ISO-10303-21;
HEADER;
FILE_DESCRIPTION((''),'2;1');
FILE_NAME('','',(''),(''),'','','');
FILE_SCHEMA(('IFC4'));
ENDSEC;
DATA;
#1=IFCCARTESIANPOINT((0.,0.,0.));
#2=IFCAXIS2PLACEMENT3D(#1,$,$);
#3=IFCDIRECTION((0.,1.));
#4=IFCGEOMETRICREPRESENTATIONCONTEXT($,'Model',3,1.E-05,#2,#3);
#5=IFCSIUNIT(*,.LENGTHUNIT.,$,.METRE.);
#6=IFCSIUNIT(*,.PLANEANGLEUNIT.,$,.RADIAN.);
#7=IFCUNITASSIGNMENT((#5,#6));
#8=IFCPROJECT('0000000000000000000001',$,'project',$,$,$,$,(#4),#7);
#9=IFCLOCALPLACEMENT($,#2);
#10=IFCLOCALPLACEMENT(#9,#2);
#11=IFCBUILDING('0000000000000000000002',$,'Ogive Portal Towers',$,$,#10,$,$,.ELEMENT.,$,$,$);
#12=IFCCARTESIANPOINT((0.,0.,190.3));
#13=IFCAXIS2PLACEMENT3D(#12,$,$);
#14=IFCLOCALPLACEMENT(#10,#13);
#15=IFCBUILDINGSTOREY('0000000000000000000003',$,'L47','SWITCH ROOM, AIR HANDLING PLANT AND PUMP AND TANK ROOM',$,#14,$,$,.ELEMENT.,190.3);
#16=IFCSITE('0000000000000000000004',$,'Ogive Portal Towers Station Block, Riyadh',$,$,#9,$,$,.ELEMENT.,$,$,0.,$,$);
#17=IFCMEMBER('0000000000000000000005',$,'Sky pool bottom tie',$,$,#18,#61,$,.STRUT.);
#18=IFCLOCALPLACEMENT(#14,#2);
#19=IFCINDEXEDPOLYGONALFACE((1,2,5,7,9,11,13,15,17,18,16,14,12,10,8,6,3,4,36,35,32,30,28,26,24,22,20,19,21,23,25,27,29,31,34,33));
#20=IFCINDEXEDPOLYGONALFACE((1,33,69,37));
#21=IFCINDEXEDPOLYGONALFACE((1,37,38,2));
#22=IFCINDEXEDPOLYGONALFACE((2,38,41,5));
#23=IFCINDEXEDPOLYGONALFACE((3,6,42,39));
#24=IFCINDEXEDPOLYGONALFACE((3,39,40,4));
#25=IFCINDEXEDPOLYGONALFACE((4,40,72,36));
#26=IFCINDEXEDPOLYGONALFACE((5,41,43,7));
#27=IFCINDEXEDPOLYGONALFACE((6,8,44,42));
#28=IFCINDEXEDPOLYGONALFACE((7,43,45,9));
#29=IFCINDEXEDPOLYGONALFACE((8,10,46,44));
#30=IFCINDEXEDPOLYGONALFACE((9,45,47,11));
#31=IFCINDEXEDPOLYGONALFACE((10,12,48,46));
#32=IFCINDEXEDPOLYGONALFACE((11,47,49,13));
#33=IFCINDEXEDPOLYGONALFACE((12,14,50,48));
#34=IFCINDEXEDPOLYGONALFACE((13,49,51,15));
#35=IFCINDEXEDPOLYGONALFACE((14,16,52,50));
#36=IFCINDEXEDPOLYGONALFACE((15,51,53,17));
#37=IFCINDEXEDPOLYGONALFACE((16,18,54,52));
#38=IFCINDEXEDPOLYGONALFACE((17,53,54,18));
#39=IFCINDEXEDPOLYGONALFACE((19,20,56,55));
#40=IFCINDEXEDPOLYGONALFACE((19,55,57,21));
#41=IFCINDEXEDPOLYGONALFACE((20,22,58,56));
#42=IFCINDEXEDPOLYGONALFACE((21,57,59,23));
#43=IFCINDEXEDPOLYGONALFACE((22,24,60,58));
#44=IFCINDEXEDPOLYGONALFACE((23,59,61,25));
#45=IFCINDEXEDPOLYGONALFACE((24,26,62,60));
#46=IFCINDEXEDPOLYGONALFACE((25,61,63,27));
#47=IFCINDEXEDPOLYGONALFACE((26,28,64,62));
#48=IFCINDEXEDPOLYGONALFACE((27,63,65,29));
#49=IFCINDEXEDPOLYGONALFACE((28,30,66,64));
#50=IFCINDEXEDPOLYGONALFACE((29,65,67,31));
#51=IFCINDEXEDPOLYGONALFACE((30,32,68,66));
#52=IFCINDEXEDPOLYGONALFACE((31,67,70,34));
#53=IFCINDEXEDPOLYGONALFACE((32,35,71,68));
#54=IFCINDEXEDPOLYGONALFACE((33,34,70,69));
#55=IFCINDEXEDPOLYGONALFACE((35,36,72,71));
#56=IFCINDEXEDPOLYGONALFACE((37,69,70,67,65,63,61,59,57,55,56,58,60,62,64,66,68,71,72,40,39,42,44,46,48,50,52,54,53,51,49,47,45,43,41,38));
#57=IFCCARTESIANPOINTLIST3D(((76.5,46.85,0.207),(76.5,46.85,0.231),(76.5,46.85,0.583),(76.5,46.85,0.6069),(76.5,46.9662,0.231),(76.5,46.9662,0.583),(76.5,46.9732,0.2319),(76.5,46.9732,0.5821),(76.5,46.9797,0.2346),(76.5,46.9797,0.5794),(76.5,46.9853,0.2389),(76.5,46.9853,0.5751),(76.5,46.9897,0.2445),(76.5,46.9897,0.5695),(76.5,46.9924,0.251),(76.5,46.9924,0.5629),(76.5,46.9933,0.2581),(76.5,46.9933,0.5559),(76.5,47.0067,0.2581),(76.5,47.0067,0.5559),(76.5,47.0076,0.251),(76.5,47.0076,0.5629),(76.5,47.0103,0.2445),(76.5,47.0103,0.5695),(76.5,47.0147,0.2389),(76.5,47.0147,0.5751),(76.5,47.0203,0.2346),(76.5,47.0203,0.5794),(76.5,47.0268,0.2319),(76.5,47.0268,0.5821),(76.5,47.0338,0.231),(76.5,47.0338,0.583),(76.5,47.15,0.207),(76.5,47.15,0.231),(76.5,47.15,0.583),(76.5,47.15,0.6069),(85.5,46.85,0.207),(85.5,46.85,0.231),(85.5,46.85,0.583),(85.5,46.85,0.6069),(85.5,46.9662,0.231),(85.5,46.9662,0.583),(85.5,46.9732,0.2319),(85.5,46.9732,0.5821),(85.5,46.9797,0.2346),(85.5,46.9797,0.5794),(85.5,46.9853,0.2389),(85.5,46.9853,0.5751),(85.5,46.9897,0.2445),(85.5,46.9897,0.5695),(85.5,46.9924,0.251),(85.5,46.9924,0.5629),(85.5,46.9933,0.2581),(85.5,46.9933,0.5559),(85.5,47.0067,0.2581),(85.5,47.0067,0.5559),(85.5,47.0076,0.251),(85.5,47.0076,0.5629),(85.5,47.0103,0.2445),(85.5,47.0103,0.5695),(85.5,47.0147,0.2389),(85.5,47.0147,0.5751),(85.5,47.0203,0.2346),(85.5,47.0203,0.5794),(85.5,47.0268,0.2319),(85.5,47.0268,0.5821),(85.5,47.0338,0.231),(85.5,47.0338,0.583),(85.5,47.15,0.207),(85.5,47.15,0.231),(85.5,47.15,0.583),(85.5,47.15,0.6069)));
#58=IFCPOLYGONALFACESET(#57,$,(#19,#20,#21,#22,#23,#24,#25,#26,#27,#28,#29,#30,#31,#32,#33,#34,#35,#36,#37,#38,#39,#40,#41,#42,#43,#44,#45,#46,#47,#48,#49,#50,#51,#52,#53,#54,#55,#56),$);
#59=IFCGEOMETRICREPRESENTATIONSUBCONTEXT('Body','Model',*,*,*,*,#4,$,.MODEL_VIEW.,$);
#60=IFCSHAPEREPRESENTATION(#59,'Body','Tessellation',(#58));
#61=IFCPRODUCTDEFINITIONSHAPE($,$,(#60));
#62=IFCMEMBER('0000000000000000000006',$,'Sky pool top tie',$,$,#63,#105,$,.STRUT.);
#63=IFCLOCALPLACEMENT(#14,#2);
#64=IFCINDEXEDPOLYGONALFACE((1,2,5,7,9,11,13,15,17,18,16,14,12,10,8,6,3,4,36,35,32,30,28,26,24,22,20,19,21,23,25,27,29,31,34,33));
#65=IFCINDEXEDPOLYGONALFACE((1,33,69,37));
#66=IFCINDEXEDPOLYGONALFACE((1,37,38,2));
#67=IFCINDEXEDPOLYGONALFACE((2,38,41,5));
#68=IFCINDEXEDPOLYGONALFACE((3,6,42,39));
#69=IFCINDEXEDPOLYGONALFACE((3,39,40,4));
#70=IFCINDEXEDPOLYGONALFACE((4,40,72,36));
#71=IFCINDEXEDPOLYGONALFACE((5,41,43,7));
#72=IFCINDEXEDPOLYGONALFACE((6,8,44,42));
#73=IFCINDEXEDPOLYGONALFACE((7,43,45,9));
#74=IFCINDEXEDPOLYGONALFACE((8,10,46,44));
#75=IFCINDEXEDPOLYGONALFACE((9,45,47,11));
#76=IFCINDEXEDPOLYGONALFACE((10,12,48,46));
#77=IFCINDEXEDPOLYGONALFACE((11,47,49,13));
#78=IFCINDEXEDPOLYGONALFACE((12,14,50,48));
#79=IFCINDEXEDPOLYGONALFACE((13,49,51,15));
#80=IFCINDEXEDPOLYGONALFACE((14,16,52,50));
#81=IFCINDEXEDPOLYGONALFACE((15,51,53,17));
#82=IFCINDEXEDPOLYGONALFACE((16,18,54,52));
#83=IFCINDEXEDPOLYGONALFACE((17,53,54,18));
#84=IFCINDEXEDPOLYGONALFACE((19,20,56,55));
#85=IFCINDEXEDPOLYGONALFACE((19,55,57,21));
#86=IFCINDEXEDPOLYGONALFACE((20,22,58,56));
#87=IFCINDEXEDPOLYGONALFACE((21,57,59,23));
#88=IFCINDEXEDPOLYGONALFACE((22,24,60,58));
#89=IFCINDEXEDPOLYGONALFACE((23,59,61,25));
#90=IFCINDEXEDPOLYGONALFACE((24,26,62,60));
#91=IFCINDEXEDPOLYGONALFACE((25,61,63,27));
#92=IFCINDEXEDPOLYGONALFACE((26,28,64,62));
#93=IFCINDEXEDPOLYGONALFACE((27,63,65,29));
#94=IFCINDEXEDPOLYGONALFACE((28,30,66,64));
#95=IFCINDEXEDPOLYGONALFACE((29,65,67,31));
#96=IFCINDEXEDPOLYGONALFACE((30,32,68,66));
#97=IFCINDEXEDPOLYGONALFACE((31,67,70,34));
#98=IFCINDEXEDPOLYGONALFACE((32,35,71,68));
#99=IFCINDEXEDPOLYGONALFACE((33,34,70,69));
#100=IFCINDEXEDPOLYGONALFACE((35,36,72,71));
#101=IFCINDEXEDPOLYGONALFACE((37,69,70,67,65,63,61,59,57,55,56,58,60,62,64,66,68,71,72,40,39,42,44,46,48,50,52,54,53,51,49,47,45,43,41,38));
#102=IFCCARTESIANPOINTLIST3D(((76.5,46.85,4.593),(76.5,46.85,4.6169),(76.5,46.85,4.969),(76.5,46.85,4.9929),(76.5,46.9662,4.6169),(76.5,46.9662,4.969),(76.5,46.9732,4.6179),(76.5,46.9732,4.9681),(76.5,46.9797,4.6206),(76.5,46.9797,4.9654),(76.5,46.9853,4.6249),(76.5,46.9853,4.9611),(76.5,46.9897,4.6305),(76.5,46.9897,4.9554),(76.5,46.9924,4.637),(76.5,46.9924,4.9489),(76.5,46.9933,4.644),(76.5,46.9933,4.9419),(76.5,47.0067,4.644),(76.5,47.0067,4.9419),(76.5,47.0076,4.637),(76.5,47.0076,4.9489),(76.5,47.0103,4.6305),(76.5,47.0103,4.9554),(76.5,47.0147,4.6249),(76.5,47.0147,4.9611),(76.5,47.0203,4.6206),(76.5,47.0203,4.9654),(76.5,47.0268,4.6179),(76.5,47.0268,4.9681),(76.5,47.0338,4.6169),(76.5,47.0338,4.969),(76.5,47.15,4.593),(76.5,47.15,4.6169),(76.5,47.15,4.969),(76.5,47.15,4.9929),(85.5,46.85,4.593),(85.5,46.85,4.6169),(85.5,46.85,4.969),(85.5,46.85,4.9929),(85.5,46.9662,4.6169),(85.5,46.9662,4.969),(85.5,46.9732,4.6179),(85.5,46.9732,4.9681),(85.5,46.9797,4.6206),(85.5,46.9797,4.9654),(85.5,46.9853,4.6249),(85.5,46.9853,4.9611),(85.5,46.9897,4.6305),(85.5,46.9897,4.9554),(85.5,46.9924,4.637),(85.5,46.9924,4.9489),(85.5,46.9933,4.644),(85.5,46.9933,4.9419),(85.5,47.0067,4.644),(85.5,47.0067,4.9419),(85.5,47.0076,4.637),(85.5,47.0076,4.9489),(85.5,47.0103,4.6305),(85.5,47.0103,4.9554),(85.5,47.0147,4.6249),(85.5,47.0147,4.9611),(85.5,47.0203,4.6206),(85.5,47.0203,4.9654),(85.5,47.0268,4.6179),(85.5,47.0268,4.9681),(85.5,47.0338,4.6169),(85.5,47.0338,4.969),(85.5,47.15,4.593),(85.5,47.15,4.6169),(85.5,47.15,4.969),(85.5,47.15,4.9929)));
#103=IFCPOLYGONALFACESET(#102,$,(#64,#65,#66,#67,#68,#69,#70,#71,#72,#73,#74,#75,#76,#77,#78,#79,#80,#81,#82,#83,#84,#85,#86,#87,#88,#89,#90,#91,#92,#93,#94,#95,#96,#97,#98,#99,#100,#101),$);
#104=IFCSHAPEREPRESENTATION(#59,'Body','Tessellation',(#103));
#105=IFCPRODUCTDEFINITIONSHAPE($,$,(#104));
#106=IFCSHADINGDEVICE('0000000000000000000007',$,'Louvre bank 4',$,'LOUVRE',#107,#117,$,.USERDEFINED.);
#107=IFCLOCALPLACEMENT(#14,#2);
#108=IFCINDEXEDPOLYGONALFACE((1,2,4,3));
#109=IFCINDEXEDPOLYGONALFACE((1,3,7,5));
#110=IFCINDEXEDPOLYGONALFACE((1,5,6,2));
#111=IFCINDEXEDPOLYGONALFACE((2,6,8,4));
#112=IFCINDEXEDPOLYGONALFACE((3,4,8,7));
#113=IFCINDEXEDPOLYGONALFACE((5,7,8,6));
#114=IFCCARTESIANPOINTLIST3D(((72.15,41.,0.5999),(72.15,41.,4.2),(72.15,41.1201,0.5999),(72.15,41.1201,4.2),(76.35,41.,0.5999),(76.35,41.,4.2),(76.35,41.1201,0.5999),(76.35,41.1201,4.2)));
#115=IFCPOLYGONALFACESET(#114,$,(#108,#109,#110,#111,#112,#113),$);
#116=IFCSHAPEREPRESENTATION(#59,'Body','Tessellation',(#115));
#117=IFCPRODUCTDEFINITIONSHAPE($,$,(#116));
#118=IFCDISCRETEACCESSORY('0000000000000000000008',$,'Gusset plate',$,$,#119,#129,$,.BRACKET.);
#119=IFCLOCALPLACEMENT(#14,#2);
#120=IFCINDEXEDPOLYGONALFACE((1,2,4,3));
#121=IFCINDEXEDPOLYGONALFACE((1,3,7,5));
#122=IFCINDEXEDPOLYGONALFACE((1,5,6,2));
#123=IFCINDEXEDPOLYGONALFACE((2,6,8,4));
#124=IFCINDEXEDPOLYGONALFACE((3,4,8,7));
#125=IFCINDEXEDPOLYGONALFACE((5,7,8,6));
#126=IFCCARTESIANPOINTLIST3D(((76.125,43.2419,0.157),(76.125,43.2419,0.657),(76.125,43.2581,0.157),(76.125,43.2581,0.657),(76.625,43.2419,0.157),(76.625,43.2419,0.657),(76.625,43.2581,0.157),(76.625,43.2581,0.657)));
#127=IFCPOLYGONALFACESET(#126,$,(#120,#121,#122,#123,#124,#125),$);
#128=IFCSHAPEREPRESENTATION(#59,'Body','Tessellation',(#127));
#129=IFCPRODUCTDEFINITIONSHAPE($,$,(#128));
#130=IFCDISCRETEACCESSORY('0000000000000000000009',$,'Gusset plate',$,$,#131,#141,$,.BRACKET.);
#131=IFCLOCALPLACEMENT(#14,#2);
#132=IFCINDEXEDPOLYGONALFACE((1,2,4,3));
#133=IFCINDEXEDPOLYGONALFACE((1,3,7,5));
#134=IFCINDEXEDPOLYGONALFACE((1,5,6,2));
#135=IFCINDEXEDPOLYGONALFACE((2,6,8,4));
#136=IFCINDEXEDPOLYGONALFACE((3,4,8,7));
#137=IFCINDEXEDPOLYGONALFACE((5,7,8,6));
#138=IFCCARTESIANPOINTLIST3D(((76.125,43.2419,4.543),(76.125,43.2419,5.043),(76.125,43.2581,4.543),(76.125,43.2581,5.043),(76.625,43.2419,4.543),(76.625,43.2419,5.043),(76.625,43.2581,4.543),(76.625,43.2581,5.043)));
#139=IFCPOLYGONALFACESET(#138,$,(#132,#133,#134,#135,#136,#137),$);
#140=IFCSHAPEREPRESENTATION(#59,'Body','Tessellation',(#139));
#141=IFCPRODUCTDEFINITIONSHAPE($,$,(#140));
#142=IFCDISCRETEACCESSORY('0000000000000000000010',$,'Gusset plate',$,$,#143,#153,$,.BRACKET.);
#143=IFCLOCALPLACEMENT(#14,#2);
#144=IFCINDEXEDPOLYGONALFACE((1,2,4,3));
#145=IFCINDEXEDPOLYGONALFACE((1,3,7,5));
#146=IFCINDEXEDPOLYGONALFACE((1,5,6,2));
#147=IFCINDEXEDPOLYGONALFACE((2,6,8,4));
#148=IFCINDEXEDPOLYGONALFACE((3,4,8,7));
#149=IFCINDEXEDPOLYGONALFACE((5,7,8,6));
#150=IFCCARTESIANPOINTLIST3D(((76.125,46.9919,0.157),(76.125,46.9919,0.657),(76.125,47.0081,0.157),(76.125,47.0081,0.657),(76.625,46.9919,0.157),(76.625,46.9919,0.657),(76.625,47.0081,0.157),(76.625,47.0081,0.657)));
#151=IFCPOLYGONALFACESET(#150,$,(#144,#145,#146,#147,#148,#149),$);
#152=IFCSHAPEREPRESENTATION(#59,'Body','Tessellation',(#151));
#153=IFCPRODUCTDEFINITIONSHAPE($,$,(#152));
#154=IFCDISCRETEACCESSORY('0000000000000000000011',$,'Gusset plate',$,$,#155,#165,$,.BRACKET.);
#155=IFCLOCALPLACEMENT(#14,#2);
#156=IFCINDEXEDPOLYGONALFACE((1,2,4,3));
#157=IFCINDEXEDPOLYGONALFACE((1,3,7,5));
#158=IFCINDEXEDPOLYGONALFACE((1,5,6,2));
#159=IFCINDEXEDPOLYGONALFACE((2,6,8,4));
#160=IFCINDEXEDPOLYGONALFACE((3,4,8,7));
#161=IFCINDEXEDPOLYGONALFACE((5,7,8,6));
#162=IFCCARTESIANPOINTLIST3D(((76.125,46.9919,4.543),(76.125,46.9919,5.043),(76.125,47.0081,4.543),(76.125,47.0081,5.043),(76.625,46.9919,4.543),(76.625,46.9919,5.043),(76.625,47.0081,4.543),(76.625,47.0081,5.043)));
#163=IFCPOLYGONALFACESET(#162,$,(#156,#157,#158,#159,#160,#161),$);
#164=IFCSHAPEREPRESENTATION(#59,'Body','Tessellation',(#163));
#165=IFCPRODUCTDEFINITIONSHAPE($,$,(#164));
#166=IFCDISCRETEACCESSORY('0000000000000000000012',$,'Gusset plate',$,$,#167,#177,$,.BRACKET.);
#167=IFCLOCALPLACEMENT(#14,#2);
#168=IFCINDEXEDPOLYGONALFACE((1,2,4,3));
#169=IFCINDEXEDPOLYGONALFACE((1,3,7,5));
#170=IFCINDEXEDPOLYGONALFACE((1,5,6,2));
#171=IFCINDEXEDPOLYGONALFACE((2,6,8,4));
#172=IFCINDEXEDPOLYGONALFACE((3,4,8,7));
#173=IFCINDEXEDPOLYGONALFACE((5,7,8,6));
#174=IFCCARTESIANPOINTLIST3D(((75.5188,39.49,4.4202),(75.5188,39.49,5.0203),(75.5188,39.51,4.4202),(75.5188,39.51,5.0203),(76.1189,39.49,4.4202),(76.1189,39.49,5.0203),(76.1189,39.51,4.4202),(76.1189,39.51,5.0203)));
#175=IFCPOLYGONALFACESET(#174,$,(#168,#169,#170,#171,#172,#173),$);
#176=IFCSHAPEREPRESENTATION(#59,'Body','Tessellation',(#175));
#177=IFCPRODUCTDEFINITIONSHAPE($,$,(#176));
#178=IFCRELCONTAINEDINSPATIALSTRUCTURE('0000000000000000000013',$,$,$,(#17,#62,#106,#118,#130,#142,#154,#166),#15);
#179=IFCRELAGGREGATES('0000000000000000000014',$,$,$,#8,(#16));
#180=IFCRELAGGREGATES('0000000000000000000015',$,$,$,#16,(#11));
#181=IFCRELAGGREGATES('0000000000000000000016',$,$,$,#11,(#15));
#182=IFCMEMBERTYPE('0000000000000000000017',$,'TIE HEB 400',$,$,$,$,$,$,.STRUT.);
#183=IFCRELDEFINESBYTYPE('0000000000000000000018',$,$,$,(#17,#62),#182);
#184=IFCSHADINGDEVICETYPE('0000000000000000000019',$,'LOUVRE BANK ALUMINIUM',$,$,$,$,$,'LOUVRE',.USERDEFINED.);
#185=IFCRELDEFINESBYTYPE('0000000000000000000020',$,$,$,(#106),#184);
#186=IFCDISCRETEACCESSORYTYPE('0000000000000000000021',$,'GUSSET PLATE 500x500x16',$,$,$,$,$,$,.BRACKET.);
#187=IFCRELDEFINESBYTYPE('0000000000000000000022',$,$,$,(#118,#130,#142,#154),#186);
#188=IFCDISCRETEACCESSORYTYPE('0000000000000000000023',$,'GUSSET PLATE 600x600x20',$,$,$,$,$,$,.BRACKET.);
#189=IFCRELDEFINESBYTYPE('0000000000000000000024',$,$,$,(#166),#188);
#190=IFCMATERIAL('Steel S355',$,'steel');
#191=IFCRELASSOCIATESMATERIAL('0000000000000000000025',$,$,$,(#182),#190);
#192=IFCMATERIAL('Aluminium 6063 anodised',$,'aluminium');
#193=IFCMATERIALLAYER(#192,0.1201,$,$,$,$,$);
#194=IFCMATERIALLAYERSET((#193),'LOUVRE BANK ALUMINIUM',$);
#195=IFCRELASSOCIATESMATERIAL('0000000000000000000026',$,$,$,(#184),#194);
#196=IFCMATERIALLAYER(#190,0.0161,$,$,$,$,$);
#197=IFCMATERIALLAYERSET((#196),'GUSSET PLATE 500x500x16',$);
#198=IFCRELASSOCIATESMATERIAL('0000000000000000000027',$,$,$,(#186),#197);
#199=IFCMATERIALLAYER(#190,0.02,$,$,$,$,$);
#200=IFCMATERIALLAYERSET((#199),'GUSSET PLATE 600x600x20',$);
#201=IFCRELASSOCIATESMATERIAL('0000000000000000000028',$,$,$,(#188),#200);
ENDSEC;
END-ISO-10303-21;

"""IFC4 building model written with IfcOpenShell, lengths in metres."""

from ifc_helpers import new_model, si_unit, direction, frame, origin, origin_2d, place, context, subcontext, project, spatial, rectangle, i_section, extrude, material, layer, layer_set, material_profile, profile_set, type_object, element, save


model = new_model("IFC4")

# Units and contexts
model_context = context("Model", 3, precision=1e-05, world=origin(), true_north=direction((0.0, 1.0)))
body_context = subcontext(model_context, "Body", "Model", "MODEL_VIEW")
ifc_project = project(units=[si_unit("LENGTHUNIT", "METRE"), si_unit("PLANEANGLEUNIT", "RADIAN")], contexts=[model_context])

# Site, building, storey
site_placement = place(None, origin())
site = spatial("IfcSite", under=ifc_project, at=site_placement, Name="Ogive Portal Towers Station Block, Riyadh", CompositionType="ELEMENT", RefElevation=0.0)
building_placement = place(site_placement, origin())
building = spatial("IfcBuilding", under=site, at=building_placement, Name="Ogive Portal Towers", CompositionType="ELEMENT")
storey_placement = place(building_placement, frame((0.0, 0.0, 190.3)))
storey = spatial("IfcBuildingStorey", under=building, at=storey_placement, Name="L47", Description="SWITCH ROOM, AIR HANDLING PLANT AND PUMP AND TANK ROOM", CompositionType="ELEMENT", Elevation=190.3)

# Members
ifc_material_1 = material(Name="Steel S355", Category="steel")
ifc_material_profile_1 = material_profile(ifc_material_1, i_section(OverallWidth=0.3, OverallDepth=0.3999, WebThickness=0.0134, FlangeThickness=0.0239, FilletRadius=0.0271, at=origin_2d()), Name="HEB 400")
ifc_profile_set_1 = profile_set([ifc_material_profile_1], Name="Steel S355")
member_type_1 = type_object("IfcMemberType", Name="TIE HEB 400", PredefinedType="STRUT", material=ifc_profile_set_1)
for number, where, z_axis, x_axis, name in (
    (1, (76.5, 47.0, 0.407), (1.0, 0.0, 0.0), (0.0, 1.0, 0.0), "Sky pool bottom tie"),
    (2, (76.5, 47.0, 4.793), (1.0, 0.0, 0.0), (0.0, 1.0, 0.0), "Sky pool top tie"),
):
    element("IfcMember", number, at=place(storey_placement, frame(where, z_axis=z_axis, x_axis=x_axis)), inside=storey, type_object=member_type_1, Name=name, PredefinedType="STRUT", context=body_context, shape_type="SweptSolid", body=[
        extrude(i_section(OverallWidth=0.3, OverallDepth=0.3999, WebThickness=0.0134, FlangeThickness=0.0239, FilletRadius=0.0271, at=origin_2d()), origin(), (0.0, 0.0, 1.0), 9.0),
    ])

# Shading device
ifc_material_2 = material(Name="Aluminium 6063 anodised", Category="aluminium")
ifc_layer_1 = layer(ifc_material_2, 0.1201)
ifc_layer_set_1 = layer_set([ifc_layer_1], Name="LOUVRE BANK ALUMINIUM")
shading_device_type = type_object("IfcShadingDeviceType", Name="LOUVRE BANK ALUMINIUM", ElementType="LOUVRE", PredefinedType="USERDEFINED", material=ifc_layer_set_1)
shading_device_placement = place(storey_placement, frame((74.25, 41.0601, 0.5999), z_axis=(0.0, 0.0, 1.0), x_axis=(-1.0, 0.0, 0.0)))
element("IfcShadingDevice", 3, at=shading_device_placement, inside=storey, type_object=shading_device_type, Name="Louvre bank 4", ObjectType="LOUVRE", PredefinedType="USERDEFINED", context=body_context, shape_type="SweptSolid", body=[
    extrude(rectangle(XDim=4.2, YDim=0.1201, at=origin_2d()), origin(), (0.0, 0.0, 1.0), 3.6001),
])

# Discrete accessories
ifc_layer_2 = layer(ifc_material_1, 0.0161)
ifc_layer_set_2 = layer_set([ifc_layer_2], Name="GUSSET PLATE 500x500x16")
discrete_accessory_type_1 = type_object("IfcDiscreteAccessoryType", Name="GUSSET PLATE 500x500x16", PredefinedType="BRACKET", material=ifc_layer_set_2)
for number, where, z_axis, x_axis, name in (
    (4, (76.375, 43.25, 0.157), (0.0, 0.0, 1.0), (1.0, 0.0, 0.0), "Gusset plate"),
    (5, (76.375, 43.25, 4.543), (0.0, 0.0, 1.0), (1.0, 0.0, 0.0), "Gusset plate"),
    (6, (76.375, 47.0, 0.157), (0.0, 0.0, 1.0), (1.0, 0.0, 0.0), "Gusset plate"),
    (7, (76.375, 47.0, 4.543), (0.0, 0.0, 1.0), (1.0, 0.0, 0.0), "Gusset plate"),
):
    element("IfcDiscreteAccessory", number, at=place(storey_placement, frame(where, z_axis=z_axis, x_axis=x_axis)), inside=storey, type_object=discrete_accessory_type_1, Name=name, PredefinedType="BRACKET", context=body_context, shape_type="SweptSolid", body=[
        extrude(rectangle(XDim=0.5, YDim=0.0161, at=origin_2d()), origin(), (0.0, 0.0, 1.0), 0.5),
    ])
ifc_layer_3 = layer(ifc_material_1, 0.02)
ifc_layer_set_3 = layer_set([ifc_layer_3], Name="GUSSET PLATE 600x600x20")
discrete_accessory_type_2 = type_object("IfcDiscreteAccessoryType", Name="GUSSET PLATE 600x600x20", PredefinedType="BRACKET", material=ifc_layer_set_3)
discrete_accessory_placement = place(storey_placement, frame((75.8188, 39.5, 4.4202), z_axis=(0.0, 0.0, 1.0), x_axis=(-1.0, 0.0, 0.0)))
element("IfcDiscreteAccessory", 8, at=discrete_accessory_placement, inside=storey, type_object=discrete_accessory_type_2, Name="Gusset plate", PredefinedType="BRACKET", context=body_context, shape_type="SweptSolid", body=[
    extrude(rectangle(XDim=0.6001, YDim=0.02, at=origin_2d()), origin(), (0.0, 0.0, 1.0), 0.6001),
])

save(model, "model.ifc")
